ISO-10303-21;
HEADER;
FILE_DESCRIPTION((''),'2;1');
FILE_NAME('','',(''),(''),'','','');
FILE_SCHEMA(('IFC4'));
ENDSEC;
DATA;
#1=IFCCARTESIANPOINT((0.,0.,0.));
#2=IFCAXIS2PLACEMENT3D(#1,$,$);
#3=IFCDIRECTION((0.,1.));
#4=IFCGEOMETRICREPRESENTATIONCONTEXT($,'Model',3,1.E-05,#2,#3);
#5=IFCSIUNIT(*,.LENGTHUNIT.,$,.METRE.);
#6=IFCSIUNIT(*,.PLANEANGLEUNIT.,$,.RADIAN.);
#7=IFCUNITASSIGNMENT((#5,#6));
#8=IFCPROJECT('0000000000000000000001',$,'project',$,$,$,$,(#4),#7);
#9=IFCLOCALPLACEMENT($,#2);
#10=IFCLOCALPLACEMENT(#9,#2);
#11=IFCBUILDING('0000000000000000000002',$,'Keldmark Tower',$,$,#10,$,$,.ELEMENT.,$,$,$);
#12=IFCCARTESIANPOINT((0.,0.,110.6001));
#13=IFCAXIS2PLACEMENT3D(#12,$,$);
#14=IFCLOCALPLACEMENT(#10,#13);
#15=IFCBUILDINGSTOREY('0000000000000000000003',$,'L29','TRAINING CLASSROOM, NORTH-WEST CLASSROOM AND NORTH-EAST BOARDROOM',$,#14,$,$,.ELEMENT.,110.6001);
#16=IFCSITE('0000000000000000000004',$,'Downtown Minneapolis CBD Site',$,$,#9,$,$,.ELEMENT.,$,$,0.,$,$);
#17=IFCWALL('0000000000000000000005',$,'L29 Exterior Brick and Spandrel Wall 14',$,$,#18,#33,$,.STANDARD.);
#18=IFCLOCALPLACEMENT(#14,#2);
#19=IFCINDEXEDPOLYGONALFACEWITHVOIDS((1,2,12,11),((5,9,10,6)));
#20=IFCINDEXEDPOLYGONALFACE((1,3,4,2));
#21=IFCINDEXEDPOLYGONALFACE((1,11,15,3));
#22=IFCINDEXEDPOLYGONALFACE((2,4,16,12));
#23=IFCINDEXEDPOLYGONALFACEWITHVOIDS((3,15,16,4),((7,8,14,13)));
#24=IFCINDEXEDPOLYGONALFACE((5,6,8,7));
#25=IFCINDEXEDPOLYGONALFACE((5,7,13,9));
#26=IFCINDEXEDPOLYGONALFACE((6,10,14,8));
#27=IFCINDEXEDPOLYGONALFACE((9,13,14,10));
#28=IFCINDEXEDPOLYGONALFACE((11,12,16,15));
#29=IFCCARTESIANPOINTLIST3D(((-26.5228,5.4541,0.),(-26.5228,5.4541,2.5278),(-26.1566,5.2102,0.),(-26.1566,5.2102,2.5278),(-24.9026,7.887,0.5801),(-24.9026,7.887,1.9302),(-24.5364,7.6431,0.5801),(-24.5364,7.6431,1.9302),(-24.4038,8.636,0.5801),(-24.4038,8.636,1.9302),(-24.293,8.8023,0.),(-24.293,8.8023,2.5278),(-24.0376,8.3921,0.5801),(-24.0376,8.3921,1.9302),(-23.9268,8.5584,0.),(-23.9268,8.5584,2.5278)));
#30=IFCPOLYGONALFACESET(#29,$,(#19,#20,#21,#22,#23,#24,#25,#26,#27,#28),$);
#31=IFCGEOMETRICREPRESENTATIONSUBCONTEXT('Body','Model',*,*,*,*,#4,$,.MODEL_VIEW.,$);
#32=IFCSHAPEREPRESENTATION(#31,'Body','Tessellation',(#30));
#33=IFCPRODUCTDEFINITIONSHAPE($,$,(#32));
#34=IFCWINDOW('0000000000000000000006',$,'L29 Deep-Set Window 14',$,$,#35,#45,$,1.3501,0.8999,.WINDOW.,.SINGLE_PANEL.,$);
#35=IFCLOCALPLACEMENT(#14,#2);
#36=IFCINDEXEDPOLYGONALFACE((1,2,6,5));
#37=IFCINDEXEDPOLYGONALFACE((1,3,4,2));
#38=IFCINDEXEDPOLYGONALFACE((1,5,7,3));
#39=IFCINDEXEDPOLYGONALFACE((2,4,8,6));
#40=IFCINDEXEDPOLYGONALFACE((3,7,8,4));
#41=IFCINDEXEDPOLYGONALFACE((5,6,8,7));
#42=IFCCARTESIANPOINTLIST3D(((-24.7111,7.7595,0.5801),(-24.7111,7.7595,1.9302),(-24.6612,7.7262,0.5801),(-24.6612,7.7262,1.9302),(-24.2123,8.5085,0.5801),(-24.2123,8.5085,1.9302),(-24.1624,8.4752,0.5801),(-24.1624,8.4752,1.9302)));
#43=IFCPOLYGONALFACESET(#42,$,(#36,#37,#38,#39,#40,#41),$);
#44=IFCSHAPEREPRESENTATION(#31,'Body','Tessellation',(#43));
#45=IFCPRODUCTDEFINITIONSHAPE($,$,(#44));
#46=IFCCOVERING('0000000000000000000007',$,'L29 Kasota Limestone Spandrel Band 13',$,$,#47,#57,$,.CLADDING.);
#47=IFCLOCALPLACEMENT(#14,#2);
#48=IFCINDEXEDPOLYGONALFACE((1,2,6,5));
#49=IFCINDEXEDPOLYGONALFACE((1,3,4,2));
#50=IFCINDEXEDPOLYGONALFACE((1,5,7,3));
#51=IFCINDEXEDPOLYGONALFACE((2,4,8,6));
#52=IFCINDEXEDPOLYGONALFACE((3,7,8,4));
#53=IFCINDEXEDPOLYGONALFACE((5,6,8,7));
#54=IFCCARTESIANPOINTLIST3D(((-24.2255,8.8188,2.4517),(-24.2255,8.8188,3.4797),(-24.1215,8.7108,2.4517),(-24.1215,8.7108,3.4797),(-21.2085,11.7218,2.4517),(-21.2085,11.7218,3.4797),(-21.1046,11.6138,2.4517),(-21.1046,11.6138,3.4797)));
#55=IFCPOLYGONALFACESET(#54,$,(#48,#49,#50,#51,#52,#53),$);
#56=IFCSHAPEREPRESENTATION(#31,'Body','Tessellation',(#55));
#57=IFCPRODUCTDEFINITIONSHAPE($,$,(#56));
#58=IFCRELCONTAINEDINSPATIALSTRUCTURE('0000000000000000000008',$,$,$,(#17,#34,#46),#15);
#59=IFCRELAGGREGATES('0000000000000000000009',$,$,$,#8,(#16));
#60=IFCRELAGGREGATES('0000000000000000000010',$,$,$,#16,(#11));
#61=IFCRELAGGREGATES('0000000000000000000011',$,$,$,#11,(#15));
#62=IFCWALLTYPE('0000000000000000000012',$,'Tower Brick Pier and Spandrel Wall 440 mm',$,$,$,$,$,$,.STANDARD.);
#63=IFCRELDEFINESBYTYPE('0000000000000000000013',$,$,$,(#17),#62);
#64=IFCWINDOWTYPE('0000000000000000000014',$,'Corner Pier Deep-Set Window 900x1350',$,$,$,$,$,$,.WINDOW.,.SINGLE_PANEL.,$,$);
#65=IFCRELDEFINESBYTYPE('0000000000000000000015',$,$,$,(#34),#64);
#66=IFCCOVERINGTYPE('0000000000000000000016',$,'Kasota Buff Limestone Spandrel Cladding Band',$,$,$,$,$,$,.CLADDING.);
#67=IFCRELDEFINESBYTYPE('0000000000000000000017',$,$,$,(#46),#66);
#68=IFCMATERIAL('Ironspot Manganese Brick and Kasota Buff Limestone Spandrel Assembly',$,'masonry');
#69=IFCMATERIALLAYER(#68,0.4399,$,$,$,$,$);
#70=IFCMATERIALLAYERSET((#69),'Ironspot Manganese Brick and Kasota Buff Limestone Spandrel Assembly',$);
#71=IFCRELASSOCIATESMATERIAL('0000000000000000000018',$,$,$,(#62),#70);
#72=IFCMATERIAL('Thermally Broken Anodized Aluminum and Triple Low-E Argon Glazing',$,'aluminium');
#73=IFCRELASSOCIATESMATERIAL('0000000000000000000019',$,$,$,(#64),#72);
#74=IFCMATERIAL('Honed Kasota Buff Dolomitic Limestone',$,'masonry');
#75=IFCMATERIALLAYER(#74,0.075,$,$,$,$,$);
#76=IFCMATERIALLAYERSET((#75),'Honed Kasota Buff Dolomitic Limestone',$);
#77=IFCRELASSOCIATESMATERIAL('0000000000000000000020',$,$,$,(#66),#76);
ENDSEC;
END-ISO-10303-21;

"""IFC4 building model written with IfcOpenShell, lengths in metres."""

from ifc_helpers import new_model, si_unit, direction, frame, frame_2d, origin, origin_2d, place, context, subcontext, project, spatial, rectangle, extrude, material, layer, layer_set, type_object, element, fill, save


model = new_model("IFC4")

# Units and contexts
model_context = context("Model", 3, precision=1e-05, world=origin(), true_north=direction((0.0, 1.0)))
body_context = subcontext(model_context, "Body", "Model", "MODEL_VIEW")
ifc_project = project(units=[si_unit("LENGTHUNIT", "METRE"), si_unit("PLANEANGLEUNIT", "RADIAN")], contexts=[model_context])

# Site, building, storey
site_placement = place(None, origin())
site = spatial("IfcSite", under=ifc_project, at=site_placement, Name="Downtown Minneapolis CBD Site", CompositionType="ELEMENT", RefElevation=0.0)
building_placement = place(site_placement, origin())
building = spatial("IfcBuilding", under=site, at=building_placement, Name="Keldmark Tower", CompositionType="ELEMENT")
storey_placement = place(building_placement, frame((0.0, 0.0, 110.6001)))
storey = spatial("IfcBuildingStorey", under=building, at=storey_placement, Name="L29", Description="TRAINING CLASSROOM, NORTH-WEST CLASSROOM AND NORTH-EAST BOARDROOM", CompositionType="ELEMENT", Elevation=110.6001)

# Wall, opening, window
ifc_material_1 = material(Name="Ironspot Manganese Brick and Kasota Buff Limestone Spandrel Assembly", Category="masonry")
ifc_layer_1 = layer(ifc_material_1, 0.4399)
ifc_layer_set_1 = layer_set([ifc_layer_1], Name="Ironspot Manganese Brick and Kasota Buff Limestone Spandrel Assembly")
wall_type_1 = type_object("IfcWallType", Name="Tower Brick Pier and Spandrel Wall 440 mm", PredefinedType="STANDARD", material=ifc_layer_set_1)
wall_1_placement = place(storey_placement, frame((-26.3396, 5.3323, 0.0), z_axis=(0.0, 0.0, 1.0), x_axis=(0.554294, 0.832321, 0.0)))
wall_1 = element("IfcWall", 1, at=wall_1_placement, inside=storey, type_object=wall_type_1, Name="L29 Exterior Brick and Spandrel Wall 14", PredefinedType="STANDARD", context=body_context, shape_type="SweptSolid", body=[
    extrude(rectangle(XDim=4.0227, YDim=0.4399, at=frame_2d((2.0112, 0.0))), origin(), (0.0, 0.0, 1.0), 2.5278),
])
opening_1_placement = place(wall_1_placement, frame((2.9229, 0.0, 0.5801)))
opening_1 = element("IfcOpeningElement", 2, at=opening_1_placement, cuts=wall_1, PredefinedType="OPENING", context=body_context, shape_type="SweptSolid", body=[
    extrude(rectangle(XDim=0.8999, YDim=1.3501, at=frame_2d((0.45, 0.675))), frame((0.0, 0.23, 0.0), z_axis=(0.0, -1.0, 0.0), x_axis=(1.0, 0.0, 0.0)), (0.0, 0.0, 1.0), 0.46),
])
ifc_material_2 = material(Name="Thermally Broken Anodized Aluminum and Triple Low-E Argon Glazing", Category="aluminium")
window_type_1 = type_object("IfcWindowType", Name="Corner Pier Deep-Set Window 900x1350", PartitioningType="SINGLE_PANEL", PredefinedType="WINDOW", material=ifc_material_2)
window_1_placement = place(opening_1_placement, origin())
window_1 = element("IfcWindow", 3, at=window_1_placement, inside=storey, type_object=window_type_1, Name="L29 Deep-Set Window 14", OverallHeight=1.3501, OverallWidth=0.8999, PartitioningType="SINGLE_PANEL", PredefinedType="WINDOW", context=body_context, shape_type="SweptSolid", body=[
    extrude(rectangle(XDim=0.8999, YDim=1.3501, at=frame_2d((0.45, 0.675))), frame((0.0, -0.01, 0.0), z_axis=(0.0, -1.0, 0.0), x_axis=(1.0, 0.0, 0.0)), (0.0, 0.0, 1.0), 0.0601),
])
fill(opening_1, window_1)

# Covering
ifc_material_3 = material(Name="Honed Kasota Buff Dolomitic Limestone", Category="masonry")
ifc_layer_2 = layer(ifc_material_3, 0.075)
ifc_layer_set_2 = layer_set([ifc_layer_2], Name="Honed Kasota Buff Dolomitic Limestone")
covering_type = type_object("IfcCoveringType", Name="Kasota Buff Limestone Spandrel Cladding Band", PredefinedType="CLADDING", material=ifc_layer_set_2)
covering_placement = place(storey_placement, frame((-22.665, 10.2163, 2.4517), z_axis=(0.0, 0.0, 1.0), x_axis=(-0.720587, -0.693364, 0.0)))
element("IfcCovering", 4, at=covering_placement, inside=storey, type_object=covering_type, Name="L29 Kasota Limestone Spandrel Band 13", PredefinedType="CLADDING", context=body_context, shape_type="SweptSolid", body=[
    extrude(rectangle(XDim=4.1868, YDim=0.1499, at=origin_2d()), origin(), (0.0, 0.0, 1.0), 1.0281),
])

save(model, "model.ifc")
